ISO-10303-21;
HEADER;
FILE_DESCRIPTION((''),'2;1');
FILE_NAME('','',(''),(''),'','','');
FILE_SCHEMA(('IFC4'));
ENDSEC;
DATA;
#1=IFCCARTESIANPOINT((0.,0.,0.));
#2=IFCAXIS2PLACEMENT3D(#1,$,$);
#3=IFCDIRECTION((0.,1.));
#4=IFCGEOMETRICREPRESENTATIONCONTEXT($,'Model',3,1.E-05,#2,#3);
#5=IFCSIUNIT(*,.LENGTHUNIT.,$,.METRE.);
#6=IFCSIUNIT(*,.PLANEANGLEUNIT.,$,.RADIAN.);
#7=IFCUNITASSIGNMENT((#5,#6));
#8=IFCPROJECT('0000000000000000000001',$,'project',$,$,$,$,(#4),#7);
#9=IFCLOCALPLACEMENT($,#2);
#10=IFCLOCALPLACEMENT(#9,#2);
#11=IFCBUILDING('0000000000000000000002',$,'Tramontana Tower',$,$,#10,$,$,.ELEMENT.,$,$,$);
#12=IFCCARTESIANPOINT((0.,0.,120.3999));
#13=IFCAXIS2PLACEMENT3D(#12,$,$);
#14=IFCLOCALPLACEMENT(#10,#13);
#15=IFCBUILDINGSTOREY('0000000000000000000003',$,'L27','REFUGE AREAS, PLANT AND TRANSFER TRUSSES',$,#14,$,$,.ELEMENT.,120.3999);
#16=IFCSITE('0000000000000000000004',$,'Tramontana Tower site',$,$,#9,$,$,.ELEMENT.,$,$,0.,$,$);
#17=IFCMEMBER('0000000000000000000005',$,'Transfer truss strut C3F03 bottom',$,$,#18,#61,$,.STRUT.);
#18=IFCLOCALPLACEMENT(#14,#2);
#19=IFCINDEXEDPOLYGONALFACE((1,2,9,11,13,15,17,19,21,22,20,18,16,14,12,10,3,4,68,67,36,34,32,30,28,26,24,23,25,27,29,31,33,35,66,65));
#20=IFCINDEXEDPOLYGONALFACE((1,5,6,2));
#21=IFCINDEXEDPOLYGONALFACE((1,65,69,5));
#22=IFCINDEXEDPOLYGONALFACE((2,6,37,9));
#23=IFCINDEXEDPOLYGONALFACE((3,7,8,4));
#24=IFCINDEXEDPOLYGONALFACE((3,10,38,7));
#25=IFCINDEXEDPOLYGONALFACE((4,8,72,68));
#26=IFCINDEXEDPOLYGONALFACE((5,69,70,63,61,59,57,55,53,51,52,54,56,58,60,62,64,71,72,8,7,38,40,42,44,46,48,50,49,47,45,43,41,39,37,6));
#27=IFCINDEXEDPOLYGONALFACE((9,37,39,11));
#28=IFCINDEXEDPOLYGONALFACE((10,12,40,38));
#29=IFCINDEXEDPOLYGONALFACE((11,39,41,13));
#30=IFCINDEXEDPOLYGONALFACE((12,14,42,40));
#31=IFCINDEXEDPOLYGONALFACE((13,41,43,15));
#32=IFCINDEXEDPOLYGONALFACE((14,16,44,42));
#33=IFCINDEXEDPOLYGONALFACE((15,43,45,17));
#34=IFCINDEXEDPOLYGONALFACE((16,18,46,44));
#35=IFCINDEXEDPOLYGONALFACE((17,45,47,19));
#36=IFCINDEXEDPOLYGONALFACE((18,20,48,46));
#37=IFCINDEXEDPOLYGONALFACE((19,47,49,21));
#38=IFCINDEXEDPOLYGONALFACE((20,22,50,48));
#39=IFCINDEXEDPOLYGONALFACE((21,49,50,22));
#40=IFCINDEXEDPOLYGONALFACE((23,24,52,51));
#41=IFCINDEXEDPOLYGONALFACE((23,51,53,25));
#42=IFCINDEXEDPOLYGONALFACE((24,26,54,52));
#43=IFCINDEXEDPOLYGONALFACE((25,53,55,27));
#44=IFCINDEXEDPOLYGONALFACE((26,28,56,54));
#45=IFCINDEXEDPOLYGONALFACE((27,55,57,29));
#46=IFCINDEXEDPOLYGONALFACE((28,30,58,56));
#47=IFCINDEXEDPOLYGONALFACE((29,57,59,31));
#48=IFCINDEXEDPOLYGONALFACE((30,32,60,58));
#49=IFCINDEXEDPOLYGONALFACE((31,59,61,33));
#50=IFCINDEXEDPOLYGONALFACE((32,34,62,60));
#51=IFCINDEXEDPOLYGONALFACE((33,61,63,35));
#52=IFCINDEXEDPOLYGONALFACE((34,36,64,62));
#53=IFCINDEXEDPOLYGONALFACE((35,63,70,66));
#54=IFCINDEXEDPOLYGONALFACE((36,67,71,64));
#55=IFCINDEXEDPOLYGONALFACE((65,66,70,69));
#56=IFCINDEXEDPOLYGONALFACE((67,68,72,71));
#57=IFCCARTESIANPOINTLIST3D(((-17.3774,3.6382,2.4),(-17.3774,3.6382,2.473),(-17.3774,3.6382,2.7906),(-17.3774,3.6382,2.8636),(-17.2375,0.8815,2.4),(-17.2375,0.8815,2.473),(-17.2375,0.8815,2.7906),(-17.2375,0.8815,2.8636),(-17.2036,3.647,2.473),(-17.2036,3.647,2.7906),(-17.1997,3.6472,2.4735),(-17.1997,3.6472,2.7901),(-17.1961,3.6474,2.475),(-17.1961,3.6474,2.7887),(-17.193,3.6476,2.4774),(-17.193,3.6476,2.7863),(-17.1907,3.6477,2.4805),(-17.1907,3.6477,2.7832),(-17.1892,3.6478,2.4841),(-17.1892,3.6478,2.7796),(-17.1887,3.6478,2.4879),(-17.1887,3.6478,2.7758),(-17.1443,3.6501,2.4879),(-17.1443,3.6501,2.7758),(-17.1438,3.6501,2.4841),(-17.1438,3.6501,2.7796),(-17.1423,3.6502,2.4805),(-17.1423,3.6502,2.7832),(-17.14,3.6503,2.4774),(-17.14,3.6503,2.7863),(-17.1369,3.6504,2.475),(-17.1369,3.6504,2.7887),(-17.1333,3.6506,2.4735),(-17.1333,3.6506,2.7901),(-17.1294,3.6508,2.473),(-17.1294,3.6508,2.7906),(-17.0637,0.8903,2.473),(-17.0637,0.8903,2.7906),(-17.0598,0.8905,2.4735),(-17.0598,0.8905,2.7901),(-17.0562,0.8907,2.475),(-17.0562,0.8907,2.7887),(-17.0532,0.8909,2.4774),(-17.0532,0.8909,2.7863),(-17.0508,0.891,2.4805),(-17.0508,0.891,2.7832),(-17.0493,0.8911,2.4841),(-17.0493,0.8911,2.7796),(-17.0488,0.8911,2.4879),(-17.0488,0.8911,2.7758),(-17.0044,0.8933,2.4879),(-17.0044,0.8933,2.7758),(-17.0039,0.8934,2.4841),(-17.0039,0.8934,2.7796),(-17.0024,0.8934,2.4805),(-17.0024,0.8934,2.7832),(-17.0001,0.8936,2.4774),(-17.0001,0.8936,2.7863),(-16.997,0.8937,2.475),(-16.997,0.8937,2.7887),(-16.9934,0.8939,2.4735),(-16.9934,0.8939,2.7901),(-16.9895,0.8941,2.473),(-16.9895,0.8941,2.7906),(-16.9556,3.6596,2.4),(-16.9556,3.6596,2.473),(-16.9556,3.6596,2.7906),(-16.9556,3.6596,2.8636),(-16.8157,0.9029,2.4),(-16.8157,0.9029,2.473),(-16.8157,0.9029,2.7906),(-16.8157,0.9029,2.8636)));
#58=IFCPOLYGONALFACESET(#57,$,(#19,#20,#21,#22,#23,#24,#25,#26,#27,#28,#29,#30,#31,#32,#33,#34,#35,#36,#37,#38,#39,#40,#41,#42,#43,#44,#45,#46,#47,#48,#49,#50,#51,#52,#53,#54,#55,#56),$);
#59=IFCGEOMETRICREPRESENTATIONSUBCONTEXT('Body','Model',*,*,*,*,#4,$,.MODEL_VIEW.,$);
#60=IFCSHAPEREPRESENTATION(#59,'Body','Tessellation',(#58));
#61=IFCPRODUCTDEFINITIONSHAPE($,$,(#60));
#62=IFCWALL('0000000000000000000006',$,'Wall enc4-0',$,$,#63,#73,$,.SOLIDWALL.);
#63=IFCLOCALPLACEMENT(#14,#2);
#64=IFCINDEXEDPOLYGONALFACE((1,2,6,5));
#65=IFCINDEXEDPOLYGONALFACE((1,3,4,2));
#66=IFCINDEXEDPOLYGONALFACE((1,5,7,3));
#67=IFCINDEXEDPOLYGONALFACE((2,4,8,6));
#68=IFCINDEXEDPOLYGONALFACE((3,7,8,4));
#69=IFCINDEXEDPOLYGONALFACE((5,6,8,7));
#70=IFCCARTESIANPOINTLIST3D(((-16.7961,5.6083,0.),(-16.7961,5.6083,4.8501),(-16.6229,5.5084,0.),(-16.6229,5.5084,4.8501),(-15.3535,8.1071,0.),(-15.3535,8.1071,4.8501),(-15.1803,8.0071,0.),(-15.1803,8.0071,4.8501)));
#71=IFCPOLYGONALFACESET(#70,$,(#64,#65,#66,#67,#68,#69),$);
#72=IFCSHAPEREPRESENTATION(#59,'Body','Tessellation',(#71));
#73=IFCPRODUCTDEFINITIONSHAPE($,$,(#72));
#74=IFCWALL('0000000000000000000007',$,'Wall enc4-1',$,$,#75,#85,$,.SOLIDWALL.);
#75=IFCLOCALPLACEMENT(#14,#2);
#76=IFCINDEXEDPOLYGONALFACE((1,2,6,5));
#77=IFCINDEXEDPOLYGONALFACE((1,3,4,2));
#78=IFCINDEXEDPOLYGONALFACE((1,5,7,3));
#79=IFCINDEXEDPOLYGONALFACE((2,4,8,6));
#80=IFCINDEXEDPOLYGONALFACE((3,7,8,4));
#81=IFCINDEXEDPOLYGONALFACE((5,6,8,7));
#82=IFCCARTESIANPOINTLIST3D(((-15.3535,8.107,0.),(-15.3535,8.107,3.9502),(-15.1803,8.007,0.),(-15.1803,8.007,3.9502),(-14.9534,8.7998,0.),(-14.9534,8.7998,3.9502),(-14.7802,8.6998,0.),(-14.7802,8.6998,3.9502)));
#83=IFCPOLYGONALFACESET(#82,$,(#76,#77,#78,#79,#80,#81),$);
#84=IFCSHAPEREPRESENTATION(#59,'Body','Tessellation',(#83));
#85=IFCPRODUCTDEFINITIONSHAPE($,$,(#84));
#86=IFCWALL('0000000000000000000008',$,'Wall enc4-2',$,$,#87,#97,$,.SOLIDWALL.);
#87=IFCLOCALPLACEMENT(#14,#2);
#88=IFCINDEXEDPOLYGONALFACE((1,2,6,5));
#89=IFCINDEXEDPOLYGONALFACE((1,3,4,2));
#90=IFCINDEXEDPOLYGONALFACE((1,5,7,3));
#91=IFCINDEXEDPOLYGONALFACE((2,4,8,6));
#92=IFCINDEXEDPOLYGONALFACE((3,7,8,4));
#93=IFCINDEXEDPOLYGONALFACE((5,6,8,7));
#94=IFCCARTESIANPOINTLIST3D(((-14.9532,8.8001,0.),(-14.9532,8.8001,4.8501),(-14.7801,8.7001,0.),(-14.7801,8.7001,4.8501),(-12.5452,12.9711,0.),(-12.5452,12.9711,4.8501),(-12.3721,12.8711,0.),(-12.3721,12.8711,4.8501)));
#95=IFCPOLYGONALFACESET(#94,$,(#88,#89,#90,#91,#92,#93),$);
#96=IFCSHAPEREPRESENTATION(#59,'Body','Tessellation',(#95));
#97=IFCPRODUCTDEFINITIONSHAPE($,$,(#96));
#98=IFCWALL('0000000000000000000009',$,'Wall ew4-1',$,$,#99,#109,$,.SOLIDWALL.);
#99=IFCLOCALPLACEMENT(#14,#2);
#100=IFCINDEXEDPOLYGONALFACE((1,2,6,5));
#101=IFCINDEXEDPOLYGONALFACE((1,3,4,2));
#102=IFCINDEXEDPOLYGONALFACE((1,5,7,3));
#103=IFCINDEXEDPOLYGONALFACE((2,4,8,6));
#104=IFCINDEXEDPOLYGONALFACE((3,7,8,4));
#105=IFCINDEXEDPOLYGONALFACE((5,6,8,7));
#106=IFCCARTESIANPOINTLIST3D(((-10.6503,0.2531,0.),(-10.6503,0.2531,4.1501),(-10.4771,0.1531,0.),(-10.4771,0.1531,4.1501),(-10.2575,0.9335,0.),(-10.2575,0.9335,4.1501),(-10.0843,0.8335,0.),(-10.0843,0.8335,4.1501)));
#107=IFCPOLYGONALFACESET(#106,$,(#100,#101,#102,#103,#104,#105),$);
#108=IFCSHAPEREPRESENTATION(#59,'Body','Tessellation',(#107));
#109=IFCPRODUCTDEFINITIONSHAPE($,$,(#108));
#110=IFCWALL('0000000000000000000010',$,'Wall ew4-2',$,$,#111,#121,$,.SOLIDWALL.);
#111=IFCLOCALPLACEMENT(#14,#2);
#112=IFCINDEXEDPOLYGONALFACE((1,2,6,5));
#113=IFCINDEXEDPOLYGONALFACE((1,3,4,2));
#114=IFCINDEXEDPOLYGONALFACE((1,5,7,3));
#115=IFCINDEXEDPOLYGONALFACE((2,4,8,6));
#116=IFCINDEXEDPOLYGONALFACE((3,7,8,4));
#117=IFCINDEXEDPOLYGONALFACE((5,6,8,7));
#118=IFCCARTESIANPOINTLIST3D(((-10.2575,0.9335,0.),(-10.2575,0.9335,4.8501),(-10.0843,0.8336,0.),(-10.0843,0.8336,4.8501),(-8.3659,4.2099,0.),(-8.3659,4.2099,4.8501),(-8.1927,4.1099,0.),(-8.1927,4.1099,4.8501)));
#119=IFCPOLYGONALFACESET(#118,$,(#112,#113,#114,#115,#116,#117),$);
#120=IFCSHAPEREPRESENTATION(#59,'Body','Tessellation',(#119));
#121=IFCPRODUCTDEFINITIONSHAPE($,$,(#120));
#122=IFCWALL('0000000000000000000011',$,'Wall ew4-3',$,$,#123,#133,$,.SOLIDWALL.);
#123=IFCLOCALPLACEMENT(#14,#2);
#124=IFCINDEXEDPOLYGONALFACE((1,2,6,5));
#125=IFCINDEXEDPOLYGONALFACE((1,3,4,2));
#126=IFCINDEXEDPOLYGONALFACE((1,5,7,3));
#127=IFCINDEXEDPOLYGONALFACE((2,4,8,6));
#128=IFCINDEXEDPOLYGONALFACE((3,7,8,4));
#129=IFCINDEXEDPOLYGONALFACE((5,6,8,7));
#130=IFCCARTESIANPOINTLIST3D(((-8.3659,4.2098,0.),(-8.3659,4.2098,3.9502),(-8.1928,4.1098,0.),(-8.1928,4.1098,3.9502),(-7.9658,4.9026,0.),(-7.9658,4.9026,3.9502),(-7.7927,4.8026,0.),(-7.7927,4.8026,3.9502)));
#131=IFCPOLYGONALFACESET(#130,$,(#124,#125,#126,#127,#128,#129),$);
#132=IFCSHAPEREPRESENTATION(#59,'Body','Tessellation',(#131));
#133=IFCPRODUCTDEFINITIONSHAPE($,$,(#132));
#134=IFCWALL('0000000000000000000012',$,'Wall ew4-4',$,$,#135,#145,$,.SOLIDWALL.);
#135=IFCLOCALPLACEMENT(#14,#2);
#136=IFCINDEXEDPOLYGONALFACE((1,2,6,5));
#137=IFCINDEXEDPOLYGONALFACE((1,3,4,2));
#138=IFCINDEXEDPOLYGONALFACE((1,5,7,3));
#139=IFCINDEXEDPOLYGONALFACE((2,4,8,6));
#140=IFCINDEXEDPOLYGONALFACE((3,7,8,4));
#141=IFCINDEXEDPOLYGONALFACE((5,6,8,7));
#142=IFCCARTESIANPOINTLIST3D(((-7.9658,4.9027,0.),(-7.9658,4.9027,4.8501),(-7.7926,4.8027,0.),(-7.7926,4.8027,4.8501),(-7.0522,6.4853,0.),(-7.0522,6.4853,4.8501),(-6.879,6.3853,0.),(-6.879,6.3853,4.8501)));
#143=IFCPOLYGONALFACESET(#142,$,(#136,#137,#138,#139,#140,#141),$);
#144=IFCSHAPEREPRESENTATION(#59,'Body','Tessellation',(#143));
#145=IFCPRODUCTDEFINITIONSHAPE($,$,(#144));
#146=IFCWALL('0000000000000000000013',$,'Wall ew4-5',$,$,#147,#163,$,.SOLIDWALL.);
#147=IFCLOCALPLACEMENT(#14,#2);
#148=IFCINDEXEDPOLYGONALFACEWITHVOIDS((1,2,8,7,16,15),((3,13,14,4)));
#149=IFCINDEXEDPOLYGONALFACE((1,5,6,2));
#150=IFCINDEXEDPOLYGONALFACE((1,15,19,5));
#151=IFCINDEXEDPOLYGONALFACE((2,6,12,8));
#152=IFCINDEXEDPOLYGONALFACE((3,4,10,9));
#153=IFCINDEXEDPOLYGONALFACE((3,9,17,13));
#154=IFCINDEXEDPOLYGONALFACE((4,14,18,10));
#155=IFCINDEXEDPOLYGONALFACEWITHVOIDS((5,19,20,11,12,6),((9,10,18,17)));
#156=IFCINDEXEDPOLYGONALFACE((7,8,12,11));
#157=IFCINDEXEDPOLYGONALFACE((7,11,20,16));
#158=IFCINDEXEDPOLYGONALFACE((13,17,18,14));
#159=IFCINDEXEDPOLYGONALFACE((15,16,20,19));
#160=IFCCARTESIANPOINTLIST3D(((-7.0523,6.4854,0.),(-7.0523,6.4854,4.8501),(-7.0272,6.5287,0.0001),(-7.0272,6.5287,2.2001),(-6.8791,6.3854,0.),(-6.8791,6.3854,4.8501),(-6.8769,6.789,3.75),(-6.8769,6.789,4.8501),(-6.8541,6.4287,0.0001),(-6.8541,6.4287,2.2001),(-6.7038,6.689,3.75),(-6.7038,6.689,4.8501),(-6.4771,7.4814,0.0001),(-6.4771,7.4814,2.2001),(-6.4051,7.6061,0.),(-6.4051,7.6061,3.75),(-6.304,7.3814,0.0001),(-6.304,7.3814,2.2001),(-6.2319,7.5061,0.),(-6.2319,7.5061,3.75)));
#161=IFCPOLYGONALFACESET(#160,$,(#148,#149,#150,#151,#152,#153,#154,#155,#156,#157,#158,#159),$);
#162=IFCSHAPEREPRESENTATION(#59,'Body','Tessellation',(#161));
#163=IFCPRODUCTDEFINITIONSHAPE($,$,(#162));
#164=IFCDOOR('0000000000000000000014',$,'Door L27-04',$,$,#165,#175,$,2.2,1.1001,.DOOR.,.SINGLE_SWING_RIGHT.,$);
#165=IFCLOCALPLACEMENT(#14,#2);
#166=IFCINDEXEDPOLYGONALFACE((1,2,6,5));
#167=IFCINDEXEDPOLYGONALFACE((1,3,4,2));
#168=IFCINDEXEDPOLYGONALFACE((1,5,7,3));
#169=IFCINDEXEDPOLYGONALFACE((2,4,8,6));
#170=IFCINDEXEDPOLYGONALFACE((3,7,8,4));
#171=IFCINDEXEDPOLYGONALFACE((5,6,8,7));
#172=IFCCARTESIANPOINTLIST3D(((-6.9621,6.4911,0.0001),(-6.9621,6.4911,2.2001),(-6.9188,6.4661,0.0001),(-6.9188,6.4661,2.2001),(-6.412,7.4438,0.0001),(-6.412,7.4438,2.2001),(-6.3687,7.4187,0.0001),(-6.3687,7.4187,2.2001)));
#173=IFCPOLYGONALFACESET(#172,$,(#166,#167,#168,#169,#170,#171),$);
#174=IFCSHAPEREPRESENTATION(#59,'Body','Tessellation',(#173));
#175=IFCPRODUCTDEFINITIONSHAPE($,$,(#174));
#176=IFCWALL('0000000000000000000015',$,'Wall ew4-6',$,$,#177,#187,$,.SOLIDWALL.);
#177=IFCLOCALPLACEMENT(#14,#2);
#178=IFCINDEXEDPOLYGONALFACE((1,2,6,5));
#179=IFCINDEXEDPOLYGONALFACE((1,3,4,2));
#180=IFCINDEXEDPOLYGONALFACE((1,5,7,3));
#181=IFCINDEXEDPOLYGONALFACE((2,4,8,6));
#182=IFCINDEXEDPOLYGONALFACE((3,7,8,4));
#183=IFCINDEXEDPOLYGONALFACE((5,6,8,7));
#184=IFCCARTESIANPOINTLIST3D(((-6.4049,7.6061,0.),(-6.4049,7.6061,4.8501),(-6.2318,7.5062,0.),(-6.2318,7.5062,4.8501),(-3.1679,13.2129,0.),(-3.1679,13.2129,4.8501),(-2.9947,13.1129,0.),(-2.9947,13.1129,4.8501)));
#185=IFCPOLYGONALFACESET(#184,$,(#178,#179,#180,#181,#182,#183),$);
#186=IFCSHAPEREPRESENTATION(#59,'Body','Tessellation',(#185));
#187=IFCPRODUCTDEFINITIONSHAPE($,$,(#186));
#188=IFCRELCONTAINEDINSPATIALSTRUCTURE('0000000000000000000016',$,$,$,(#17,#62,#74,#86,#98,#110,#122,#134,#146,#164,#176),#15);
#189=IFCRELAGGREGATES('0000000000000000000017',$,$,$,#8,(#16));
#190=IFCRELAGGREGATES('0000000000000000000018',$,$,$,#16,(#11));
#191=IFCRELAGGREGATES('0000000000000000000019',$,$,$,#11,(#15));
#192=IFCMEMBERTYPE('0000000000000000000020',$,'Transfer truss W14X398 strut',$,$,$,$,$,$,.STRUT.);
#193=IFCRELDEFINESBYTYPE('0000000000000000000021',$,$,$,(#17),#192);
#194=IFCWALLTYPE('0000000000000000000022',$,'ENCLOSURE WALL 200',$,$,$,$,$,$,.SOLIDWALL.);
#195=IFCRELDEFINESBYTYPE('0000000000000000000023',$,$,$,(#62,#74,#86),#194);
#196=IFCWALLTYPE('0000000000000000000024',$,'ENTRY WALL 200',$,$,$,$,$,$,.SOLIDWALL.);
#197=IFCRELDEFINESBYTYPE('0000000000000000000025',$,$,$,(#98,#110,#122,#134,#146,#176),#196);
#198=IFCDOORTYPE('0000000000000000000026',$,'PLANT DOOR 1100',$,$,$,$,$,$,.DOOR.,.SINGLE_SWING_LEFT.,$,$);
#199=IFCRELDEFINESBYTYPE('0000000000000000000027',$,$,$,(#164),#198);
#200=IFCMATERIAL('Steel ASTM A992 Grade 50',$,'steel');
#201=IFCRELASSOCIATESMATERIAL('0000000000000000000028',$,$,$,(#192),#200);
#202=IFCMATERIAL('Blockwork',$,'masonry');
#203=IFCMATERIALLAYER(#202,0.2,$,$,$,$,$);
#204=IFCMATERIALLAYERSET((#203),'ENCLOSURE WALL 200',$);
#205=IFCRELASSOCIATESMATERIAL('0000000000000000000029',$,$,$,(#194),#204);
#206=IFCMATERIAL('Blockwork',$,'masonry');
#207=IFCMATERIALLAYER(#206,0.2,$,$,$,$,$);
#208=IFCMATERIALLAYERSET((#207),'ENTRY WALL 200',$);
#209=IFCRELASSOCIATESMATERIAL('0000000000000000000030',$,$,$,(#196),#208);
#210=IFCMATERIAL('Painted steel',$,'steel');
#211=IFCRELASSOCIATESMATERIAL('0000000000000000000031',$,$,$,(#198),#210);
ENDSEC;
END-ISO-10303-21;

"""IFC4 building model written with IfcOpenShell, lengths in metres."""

from ifc_helpers import new_model, si_unit, direction, frame, frame_2d, origin, origin_2d, place, context, subcontext, project, spatial, polyline, rectangle, i_section, outline, extrude, material, layer, layer_set, material_profile, profile_set, type_object, element, fill, save


model = new_model("IFC4")

# Units and contexts
model_context = context("Model", 3, precision=1e-05, world=origin(), true_north=direction((0.0, 1.0)))
body_context = subcontext(model_context, "Body", "Model", "MODEL_VIEW")
ifc_project = project(units=[si_unit("LENGTHUNIT", "METRE"), si_unit("PLANEANGLEUNIT", "RADIAN")], contexts=[model_context])

# Site, building, storey
site_placement = place(None, origin())
site = spatial("IfcSite", under=ifc_project, at=site_placement, Name="Tramontana Tower site", CompositionType="ELEMENT", RefElevation=0.0)
building_placement = place(site_placement, origin())
building = spatial("IfcBuilding", under=site, at=building_placement, Name="Tramontana Tower", CompositionType="ELEMENT")
storey_placement = place(building_placement, frame((0.0, 0.0, 120.3999)))
storey = spatial("IfcBuildingStorey", under=building, at=storey_placement, Name="L27", Description="REFUGE AREAS, PLANT AND TRANSFER TRUSSES", CompositionType="ELEMENT", Elevation=120.3999)

# Member
ifc_material_1 = material(Name="Steel ASTM A992 Grade 50", Category="steel")
ifc_material_profile_1 = material_profile(ifc_material_1, i_section(OverallWidth=0.4224, OverallDepth=0.4636, WebThickness=0.0444, FlangeThickness=0.073, FilletRadius=0.0149, at=origin_2d()), Name="W14X398")
ifc_profile_set_1 = profile_set([ifc_material_profile_1], Name="Steel ASTM A992 Grade 50")
member_type_1 = type_object("IfcMemberType", Name="Transfer truss W14X398 strut", PredefinedType="STRUT", material=ifc_profile_set_1)
member_1_placement = place(storey_placement, frame((-17.1665, 3.6489, 2.6318), z_axis=(0.050683, -0.998715, 0.0), x_axis=(0.998715, 0.050683, 0.0)))
element("IfcMember", 1, at=member_1_placement, inside=storey, type_object=member_type_1, Name="Transfer truss strut C3F03 bottom", PredefinedType="STRUT", context=body_context, shape_type="SweptSolid", body=[
    extrude(i_section(OverallWidth=0.4224, OverallDepth=0.4636, WebThickness=0.0444, FlangeThickness=0.073, FilletRadius=0.0149, at=origin_2d()), origin(), (0.0, 0.0, 1.0), 2.7603),
])

# Walls
ifc_material_2 = material(Name="Blockwork", Category="masonry")
ifc_layer_1 = layer(ifc_material_2, 0.2)
ifc_layer_set_1 = layer_set([ifc_layer_1], Name="ENCLOSURE WALL 200")
wall_type_1 = type_object("IfcWallType", Name="ENCLOSURE WALL 200", PredefinedType="SOLIDWALL", material=ifc_layer_set_1)
wall_1_placement = place(storey_placement, frame((-16.7095, 5.5583, 0.0), z_axis=(0.0, 0.0, 1.0), x_axis=(0.499989, 0.866032, 0.0)))
element("IfcWall", 2, at=wall_1_placement, inside=storey, type_object=wall_type_1, Name="Wall enc4-0", PredefinedType="SOLIDWALL", context=body_context, shape_type="SweptSolid", body=[
    extrude(rectangle(XDim=2.8853, YDim=0.2, at=frame_2d((1.4426, 0.0))), origin(), (0.0, 0.0, 1.0), 4.8501),
])
wall_2_placement = place(storey_placement, frame((-15.2668, 8.0571, 0.0), z_axis=(0.0, 0.0, 1.0), x_axis=(0.50011, 0.865962, 0.0)))
element("IfcWall", 3, at=wall_2_placement, inside=storey, type_object=wall_type_1, Name="Wall enc4-1", PredefinedType="SOLIDWALL", context=body_context, shape_type="SweptSolid", body=[
    extrude(rectangle(XDim=0.8, YDim=0.2, at=frame_2d((0.3999, 0.0))), origin(), (0.0, 0.0, 1.0), 3.9502),
])
wall_3_placement = place(storey_placement, frame((-14.8667, 8.75, 0.0), z_axis=(0.0, 0.0, 1.0), x_axis=(0.499983, 0.866035, 0.0)))
element("IfcWall", 4, at=wall_3_placement, inside=storey, type_object=wall_type_1, Name="Wall enc4-2", PredefinedType="SOLIDWALL", context=body_context, shape_type="SweptSolid", body=[
    extrude(rectangle(XDim=4.8162, YDim=0.2, at=frame_2d((2.4082, 0.0))), origin(), (0.0, 0.0, 1.0), 4.8501),
])
ifc_material_3 = material(Name="Blockwork", Category="masonry")
ifc_layer_2 = layer(ifc_material_3, 0.2)
ifc_layer_set_2 = layer_set([ifc_layer_2], Name="ENTRY WALL 200")
wall_type_2 = type_object("IfcWallType", Name="ENTRY WALL 200", PredefinedType="SOLIDWALL", material=ifc_layer_set_2)
wall_4_placement = place(storey_placement, frame((-10.5637, 0.2031, 0.0), z_axis=(0.0, 0.0, 1.0), x_axis=(0.499982, 0.866036, 0.0)))
element("IfcWall", 5, at=wall_4_placement, inside=storey, type_object=wall_type_2, Name="Wall ew4-1", PredefinedType="SOLIDWALL", context=body_context, shape_type="SweptSolid", body=[
    extrude(rectangle(XDim=0.7856, YDim=0.2, at=frame_2d((0.3928, 0.0))), origin(), (0.0, 0.0, 1.0), 4.1501),
])
wall_5_placement = place(storey_placement, frame((-10.1709, 0.8835, 0.0), z_axis=(0.0, 0.0, 1.0), x_axis=(0.499998, 0.866027, 0.0)))
element("IfcWall", 6, at=wall_5_placement, inside=storey, type_object=wall_type_2, Name="Wall ew4-2", PredefinedType="SOLIDWALL", context=body_context, shape_type="SweptSolid", body=[
    extrude(rectangle(XDim=3.7832, YDim=0.2, at=frame_2d((1.8916, 0.0))), origin(), (0.0, 0.0, 1.0), 4.8501),
])
wall_6_placement = place(storey_placement, frame((-8.2793, 4.1599, 0.0), z_axis=(0.0, 0.0, 1.0), x_axis=(0.50011, 0.865962, 0.0)))
element("IfcWall", 7, at=wall_6_placement, inside=storey, type_object=wall_type_2, Name="Wall ew4-3", PredefinedType="SOLIDWALL", context=body_context, shape_type="SweptSolid", body=[
    extrude(rectangle(XDim=0.8, YDim=0.2, at=frame_2d((0.3999, 0.0))), origin(), (0.0, 0.0, 1.0), 3.9502),
])
wall_7_placement = place(storey_placement, frame((-7.8792, 4.8528, 0.0), z_axis=(0.0, 0.0, 1.0), x_axis=(0.499961, 0.866048, 0.0)))
element("IfcWall", 8, at=wall_7_placement, inside=storey, type_object=wall_type_2, Name="Wall ew4-4", PredefinedType="SOLIDWALL", context=body_context, shape_type="SweptSolid", body=[
    extrude(rectangle(XDim=1.8274, YDim=0.2, at=frame_2d((0.9136, 0.0))), origin(), (0.0, 0.0, 1.0), 4.8501),
])

# Wall, opening, door
wall_8_placement = place(storey_placement, frame((-6.9656, 6.4353, 0.0), z_axis=(0.0, 0.0, 1.0), x_axis=(0.500054, 0.865994, 0.0)))
wall_8 = element("IfcWall", 9, at=wall_8_placement, inside=storey, type_object=wall_type_2, Name="Wall ew4-5", PredefinedType="SOLIDWALL", context=body_context, shape_type="SweptSolid", body=[
    extrude(outline(polyline([(0.0, 0.0), (1.2942, 0.0), (1.2942, 3.75), (0.3506, 3.75), (0.3506, 4.8501), (0.0, 4.8501), (0.0, 0.0)])), frame((0.0, 0.1001, 0.0), z_axis=(0.0, -1.0, 0.0), x_axis=(1.0, 0.0, 0.0)), (0.0, 0.0, 1.0), 0.2),
])
opening_placement = place(wall_8_placement, frame((0.05, 0.0, 0.0)))
opening = element("IfcOpeningElement", 10, at=opening_placement, cuts=wall_8, PredefinedType="OPENING", context=body_context, shape_type="SweptSolid", body=[
    extrude(rectangle(XDim=1.1001, YDim=2.2, at=frame_2d((0.55, 1.1001))), frame((0.0, 0.1099, 0.0), z_axis=(0.0, -1.0, 0.0), x_axis=(1.0, 0.0, 0.0)), (0.0, 0.0, 1.0), 0.22),
])
ifc_material_4 = material(Name="Painted steel", Category="steel")
door_type = type_object("IfcDoorType", Name="PLANT DOOR 1100", OperationType="SINGLE_SWING_LEFT", PredefinedType="DOOR", material=ifc_material_4)
door_placement = place(opening_placement, origin())
door = element("IfcDoor", 11, at=door_placement, inside=storey, type_object=door_type, Name="Door L27-04", OperationType="SINGLE_SWING_RIGHT", OverallHeight=2.2, OverallWidth=1.1001, PredefinedType="DOOR", context=body_context, shape_type="SweptSolid", body=[
    extrude(rectangle(XDim=1.1001, YDim=2.2, at=frame_2d((0.55, 1.1001))), frame((0.0, 0.0249, 0.0), z_axis=(0.0, -1.0, 0.0), x_axis=(1.0, 0.0, 0.0)), (0.0, 0.0, 1.0), 0.05),
])
fill(opening, door)

# Wall
wall_9_placement = place(storey_placement, frame((-6.3184, 7.5562, 0.0), z_axis=(0.0, 0.0, 1.0), x_axis=(0.500004, 0.866023, 0.0)))
element("IfcWall", 12, at=wall_9_placement, inside=storey, type_object=wall_type_2, Name="Wall ew4-6", PredefinedType="SOLIDWALL", context=body_context, shape_type="SweptSolid", body=[
    extrude(rectangle(XDim=6.4741, YDim=0.2, at=frame_2d((3.2371, 0.0))), origin(), (0.0, 0.0, 1.0), 4.8501),
])

save(model, "model.ifc")
